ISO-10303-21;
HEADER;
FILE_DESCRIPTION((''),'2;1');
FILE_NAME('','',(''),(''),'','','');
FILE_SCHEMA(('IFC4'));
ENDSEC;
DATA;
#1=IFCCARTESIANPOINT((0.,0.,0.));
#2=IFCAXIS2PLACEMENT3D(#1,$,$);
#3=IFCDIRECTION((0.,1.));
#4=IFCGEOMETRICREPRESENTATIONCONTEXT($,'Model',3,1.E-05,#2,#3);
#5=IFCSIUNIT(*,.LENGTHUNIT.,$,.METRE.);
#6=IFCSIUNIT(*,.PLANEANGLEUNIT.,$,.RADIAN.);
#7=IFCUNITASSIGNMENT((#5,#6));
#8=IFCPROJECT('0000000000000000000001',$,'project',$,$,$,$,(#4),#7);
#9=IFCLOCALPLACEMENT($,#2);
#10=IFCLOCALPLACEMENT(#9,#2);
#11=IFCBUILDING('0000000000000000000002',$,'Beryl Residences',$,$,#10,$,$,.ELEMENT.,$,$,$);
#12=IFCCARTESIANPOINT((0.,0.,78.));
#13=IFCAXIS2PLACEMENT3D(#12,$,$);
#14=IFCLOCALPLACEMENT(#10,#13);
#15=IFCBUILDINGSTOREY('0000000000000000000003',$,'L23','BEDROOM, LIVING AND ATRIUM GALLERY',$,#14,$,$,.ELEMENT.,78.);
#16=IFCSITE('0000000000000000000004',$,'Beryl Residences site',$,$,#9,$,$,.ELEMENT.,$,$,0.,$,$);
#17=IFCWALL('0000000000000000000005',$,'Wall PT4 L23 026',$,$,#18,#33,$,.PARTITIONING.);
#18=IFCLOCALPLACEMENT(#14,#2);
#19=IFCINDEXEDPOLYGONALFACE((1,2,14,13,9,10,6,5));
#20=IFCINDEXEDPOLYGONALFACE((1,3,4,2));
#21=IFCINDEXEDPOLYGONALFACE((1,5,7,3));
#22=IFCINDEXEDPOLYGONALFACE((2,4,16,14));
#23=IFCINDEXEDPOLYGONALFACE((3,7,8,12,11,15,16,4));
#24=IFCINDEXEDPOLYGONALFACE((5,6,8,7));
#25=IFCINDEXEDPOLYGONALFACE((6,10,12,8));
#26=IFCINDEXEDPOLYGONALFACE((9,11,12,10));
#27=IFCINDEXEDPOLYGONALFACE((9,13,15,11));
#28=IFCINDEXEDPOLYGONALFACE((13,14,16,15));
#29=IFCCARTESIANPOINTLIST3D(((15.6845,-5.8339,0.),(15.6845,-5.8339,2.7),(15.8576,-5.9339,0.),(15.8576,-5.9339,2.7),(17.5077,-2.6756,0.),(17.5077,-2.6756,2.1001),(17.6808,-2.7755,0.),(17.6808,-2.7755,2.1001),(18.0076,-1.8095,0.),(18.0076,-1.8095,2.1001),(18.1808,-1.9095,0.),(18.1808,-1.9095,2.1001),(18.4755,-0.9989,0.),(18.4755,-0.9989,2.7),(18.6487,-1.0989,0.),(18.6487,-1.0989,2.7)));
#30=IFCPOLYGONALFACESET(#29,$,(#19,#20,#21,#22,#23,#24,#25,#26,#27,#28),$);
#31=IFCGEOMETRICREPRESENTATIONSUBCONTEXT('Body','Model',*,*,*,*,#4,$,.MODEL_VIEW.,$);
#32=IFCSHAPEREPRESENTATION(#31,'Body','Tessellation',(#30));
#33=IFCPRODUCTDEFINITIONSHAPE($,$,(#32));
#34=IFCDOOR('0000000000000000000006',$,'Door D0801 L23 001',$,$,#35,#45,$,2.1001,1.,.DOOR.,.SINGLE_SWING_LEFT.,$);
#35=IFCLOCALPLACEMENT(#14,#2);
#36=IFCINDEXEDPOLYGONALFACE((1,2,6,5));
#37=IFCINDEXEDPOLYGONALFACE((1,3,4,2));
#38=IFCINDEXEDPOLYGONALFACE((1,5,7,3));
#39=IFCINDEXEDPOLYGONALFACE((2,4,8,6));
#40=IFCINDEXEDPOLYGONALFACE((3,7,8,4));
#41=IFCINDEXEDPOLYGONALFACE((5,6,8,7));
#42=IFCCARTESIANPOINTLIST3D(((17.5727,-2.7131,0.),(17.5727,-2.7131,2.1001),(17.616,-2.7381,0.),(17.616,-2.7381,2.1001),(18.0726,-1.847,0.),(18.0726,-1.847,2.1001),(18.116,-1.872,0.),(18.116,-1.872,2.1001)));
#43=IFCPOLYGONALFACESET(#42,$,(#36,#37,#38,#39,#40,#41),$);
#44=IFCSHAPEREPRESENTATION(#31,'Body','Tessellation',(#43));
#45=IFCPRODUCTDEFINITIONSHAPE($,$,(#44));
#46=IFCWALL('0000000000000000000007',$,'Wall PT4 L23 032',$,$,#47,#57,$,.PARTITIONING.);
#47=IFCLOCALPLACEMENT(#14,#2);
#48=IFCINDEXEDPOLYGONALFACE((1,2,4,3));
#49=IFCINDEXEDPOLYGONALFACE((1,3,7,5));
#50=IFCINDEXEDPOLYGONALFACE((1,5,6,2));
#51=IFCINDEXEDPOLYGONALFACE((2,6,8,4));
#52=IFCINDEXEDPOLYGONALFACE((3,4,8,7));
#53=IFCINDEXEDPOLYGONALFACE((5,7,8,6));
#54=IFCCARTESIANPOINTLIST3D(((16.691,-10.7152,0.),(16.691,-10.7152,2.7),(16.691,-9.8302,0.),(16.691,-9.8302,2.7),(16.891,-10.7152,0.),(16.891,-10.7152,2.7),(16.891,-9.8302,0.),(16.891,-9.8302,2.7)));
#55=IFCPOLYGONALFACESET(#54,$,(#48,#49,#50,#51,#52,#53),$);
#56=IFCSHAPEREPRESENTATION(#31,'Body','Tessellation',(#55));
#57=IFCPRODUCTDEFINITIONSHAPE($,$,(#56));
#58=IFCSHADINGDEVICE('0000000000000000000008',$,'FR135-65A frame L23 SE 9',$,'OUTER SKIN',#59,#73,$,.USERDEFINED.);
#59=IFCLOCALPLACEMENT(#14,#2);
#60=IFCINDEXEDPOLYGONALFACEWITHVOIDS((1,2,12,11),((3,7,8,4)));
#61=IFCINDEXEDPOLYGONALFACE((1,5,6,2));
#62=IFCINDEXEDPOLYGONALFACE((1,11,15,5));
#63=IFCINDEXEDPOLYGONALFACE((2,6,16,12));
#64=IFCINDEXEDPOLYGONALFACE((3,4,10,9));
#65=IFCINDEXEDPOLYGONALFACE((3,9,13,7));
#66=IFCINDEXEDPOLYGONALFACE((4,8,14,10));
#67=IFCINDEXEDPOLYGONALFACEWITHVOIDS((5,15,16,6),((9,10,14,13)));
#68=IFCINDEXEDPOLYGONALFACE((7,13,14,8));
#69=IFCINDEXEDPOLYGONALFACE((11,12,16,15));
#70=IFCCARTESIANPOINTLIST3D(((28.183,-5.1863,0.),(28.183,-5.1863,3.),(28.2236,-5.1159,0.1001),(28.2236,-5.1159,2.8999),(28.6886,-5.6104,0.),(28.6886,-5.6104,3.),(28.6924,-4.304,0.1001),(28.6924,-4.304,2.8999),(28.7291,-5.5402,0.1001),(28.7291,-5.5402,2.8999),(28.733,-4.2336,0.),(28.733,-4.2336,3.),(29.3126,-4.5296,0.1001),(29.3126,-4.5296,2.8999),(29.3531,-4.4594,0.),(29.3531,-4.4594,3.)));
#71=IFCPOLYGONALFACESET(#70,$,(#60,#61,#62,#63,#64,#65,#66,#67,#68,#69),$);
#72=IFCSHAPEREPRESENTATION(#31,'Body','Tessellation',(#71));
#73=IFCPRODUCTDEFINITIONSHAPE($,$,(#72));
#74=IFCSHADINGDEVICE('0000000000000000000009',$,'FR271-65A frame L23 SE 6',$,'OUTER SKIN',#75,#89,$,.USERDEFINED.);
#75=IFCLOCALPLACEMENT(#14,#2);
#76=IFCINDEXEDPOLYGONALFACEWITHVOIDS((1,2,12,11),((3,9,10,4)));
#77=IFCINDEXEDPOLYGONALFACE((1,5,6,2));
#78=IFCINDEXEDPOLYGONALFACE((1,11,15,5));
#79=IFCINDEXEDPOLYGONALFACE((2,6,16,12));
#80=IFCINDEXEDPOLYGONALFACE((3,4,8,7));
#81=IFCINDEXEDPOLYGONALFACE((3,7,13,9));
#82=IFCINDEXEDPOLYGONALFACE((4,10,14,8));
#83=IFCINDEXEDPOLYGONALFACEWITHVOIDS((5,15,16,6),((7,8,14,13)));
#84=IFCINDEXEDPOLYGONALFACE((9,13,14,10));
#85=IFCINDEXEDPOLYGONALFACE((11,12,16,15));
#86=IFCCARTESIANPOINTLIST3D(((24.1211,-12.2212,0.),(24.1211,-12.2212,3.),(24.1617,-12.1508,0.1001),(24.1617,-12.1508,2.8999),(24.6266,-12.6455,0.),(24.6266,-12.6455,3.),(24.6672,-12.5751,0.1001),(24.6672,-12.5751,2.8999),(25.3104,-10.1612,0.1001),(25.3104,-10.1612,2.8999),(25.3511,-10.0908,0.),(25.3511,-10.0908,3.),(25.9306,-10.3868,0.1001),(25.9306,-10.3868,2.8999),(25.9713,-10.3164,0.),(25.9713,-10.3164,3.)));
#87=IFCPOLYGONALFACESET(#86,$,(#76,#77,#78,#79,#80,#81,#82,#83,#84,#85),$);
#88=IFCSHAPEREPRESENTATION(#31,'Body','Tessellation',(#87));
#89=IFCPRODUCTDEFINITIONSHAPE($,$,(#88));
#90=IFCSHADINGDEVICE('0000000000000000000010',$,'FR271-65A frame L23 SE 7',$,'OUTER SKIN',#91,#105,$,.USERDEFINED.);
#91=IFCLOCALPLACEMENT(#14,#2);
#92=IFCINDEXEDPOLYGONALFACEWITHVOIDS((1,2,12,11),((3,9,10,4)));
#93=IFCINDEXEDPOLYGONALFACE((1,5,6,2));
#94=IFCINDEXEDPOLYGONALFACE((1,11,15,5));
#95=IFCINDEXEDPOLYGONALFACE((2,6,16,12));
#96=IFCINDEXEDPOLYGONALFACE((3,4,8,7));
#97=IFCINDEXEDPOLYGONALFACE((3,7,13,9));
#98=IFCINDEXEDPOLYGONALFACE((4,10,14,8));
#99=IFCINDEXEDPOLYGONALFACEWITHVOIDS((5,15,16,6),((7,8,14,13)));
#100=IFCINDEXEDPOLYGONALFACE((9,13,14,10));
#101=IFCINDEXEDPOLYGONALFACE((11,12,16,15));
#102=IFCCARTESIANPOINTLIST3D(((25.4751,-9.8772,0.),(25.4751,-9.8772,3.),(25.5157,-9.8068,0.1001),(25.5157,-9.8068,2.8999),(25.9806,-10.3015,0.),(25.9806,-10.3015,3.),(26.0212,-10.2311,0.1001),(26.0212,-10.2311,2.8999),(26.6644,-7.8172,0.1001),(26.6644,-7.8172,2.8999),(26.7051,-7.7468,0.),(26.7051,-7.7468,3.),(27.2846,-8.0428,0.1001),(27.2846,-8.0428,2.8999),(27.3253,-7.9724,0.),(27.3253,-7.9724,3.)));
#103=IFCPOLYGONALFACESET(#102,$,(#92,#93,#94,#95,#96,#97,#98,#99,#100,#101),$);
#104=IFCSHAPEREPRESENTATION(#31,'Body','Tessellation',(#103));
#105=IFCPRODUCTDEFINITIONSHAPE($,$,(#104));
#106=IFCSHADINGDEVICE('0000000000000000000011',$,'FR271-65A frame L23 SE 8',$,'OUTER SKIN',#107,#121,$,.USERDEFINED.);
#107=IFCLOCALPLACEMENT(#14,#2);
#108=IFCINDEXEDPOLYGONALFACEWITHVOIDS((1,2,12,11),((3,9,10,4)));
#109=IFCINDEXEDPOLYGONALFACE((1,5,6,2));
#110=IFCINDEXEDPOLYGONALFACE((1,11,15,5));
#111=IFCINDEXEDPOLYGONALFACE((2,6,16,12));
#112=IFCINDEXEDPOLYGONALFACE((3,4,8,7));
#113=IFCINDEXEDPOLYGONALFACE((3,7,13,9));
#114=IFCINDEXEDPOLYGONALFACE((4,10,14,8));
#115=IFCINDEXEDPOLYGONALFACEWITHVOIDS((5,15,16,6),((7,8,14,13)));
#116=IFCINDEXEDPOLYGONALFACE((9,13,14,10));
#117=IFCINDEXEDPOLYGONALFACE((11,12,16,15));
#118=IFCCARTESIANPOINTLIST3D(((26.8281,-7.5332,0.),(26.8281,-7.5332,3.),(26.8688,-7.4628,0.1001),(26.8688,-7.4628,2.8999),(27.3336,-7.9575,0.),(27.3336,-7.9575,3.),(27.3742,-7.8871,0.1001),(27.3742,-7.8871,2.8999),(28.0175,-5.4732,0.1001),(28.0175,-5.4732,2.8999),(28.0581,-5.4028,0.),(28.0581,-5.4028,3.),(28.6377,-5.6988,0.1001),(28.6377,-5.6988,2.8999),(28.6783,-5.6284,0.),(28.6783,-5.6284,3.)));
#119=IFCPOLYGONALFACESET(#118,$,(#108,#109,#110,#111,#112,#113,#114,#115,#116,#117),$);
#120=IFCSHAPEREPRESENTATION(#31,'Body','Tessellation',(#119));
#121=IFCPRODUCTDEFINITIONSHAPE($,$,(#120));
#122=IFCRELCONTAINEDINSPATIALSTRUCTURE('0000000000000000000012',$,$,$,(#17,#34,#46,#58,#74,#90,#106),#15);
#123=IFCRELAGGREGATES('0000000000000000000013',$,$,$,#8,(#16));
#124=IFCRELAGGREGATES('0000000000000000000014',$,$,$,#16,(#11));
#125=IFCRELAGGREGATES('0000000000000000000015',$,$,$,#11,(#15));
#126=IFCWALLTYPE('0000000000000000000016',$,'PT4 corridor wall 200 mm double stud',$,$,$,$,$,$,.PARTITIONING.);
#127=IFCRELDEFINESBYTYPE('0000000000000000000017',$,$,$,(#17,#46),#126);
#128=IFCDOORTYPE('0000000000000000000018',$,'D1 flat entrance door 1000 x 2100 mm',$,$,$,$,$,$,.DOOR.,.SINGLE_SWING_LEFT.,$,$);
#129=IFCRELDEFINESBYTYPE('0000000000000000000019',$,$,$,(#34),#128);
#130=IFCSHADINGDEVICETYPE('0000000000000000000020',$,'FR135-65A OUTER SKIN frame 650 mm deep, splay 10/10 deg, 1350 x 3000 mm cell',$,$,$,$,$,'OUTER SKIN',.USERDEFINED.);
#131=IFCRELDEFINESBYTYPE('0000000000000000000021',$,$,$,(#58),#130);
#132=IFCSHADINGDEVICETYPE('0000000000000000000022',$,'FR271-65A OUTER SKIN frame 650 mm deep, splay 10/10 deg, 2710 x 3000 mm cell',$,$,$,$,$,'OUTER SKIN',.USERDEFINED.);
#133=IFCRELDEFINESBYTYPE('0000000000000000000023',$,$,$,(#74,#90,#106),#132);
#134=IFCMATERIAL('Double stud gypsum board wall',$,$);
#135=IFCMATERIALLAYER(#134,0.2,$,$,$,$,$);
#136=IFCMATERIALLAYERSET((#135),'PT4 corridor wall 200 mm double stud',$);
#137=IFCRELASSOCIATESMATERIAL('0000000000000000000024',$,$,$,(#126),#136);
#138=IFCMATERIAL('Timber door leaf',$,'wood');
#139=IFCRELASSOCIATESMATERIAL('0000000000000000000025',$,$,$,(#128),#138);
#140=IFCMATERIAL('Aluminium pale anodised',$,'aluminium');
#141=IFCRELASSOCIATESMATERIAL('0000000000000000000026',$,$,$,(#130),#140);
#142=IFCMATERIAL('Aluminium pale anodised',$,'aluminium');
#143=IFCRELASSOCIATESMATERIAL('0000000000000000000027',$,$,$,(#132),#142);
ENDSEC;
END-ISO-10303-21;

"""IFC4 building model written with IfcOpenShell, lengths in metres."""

from ifc_helpers import new_model, entity, si_unit, direction, frame, frame_2d, origin, place, context, subcontext, project, spatial, rectangle, extrude, source, transform, mapped, material, layer, layer_set, type_object, type_shapes, element, fill, save


model = new_model("IFC4")

# Units and contexts
model_context = context("Model", 3, precision=1e-05, world=origin(), true_north=direction((0.0, 1.0)))
body_context = subcontext(model_context, "Body", "Model", "MODEL_VIEW")
ifc_project = project(units=[si_unit("LENGTHUNIT", "METRE"), si_unit("PLANEANGLEUNIT", "RADIAN")], contexts=[model_context])

# Site, building, storey
site_placement = place(None, origin())
site = spatial("IfcSite", under=ifc_project, at=site_placement, Name="Beryl Residences site", CompositionType="ELEMENT", RefElevation=0.0)
building_placement = place(site_placement, origin())
building = spatial("IfcBuilding", under=site, at=building_placement, Name="Beryl Residences", CompositionType="ELEMENT")
storey_placement = place(building_placement, frame((0.0, 0.0, 78.0)))
storey = spatial("IfcBuildingStorey", under=building, at=storey_placement, Name="L23", Description="BEDROOM, LIVING AND ATRIUM GALLERY", CompositionType="ELEMENT", Elevation=78.0)

# Shared definitions
ifc_material_1 = material(Name="Double stud gypsum board wall")
ifc_layer_1 = layer(ifc_material_1, 0.2)
ifc_layer_set_1 = layer_set([ifc_layer_1], Name="PT4 corridor wall 200 mm double stud")
wall_type_1 = type_object("IfcWallType", Name="PT4 corridor wall 200 mm double stud", PredefinedType="PARTITIONING", material=ifc_layer_set_1)

# Wall, opening, door
wall_1_placement = place(storey_placement, frame((15.771, -5.884, 0.0), z_axis=(0.0, 0.0, 1.0), x_axis=(0.499939, 0.86606, 0.0)))
wall_1 = element("IfcWall", 1, at=wall_1_placement, inside=storey, type_object=wall_type_1, Name="Wall PT4 L23 026", PredefinedType="PARTITIONING", context=body_context, shape_type="SweptSolid", body=[
    extrude(rectangle(XDim=5.5828, YDim=0.2, at=frame_2d((2.7915, 0.0))), origin(), (0.0, 0.0, 1.0), 2.7),
])
opening_1_placement = place(wall_1_placement, frame((3.647, 0.0, 0.0)))
opening_1 = element("IfcOpeningElement", 2, at=opening_1_placement, cuts=wall_1, PredefinedType="OPENING", context=body_context, shape_type="SweptSolid", body=[
    extrude(rectangle(XDim=1.0, YDim=2.1001, at=frame_2d((0.5, 1.05))), frame((0.0, 0.1099, 0.0), z_axis=(0.0, -1.0, 0.0), x_axis=(1.0, 0.0, 0.0)), (0.0, 0.0, 1.0), 0.22),
])
ifc_material_2 = material(Name="Timber door leaf", Category="wood")
door_type_1 = type_object("IfcDoorType", Name="D1 flat entrance door 1000 x 2100 mm", OperationType="SINGLE_SWING_LEFT", PredefinedType="DOOR", material=ifc_material_2)
door_1_placement = place(opening_1_placement, origin())
door_1 = element("IfcDoor", 3, at=door_1_placement, inside=storey, type_object=door_type_1, Name="Door D0801 L23 001", OperationType="SINGLE_SWING_LEFT", OverallHeight=2.1001, OverallWidth=1.0, PredefinedType="DOOR", context=body_context, shape_type="SweptSolid", body=[
    extrude(rectangle(XDim=1.0, YDim=2.1001, at=frame_2d((0.5, 1.05))), frame((0.0, 0.0249, 0.0), z_axis=(0.0, -1.0, 0.0), x_axis=(1.0, 0.0, 0.0)), (0.0, 0.0, 1.0), 0.05),
])
fill(opening_1, door_1)

# Wall
wall_2_placement = place(storey_placement, frame((16.791, -10.7151, 0.0), z_axis=(0.0, 0.0, 1.0), x_axis=(0.0, 1.0, 0.0)))
element("IfcWall", 4, at=wall_2_placement, inside=storey, type_object=wall_type_1, Name="Wall PT4 L23 032", PredefinedType="PARTITIONING", context=body_context, shape_type="SweptSolid", body=[
    extrude(rectangle(XDim=0.885, YDim=0.2, at=frame_2d((0.4424, 0.0))), origin(), (0.0, 0.0, 1.0), 2.7),
])

# Shading devices
ifc_material_3 = material(Name="Aluminium pale anodised", Category="aluminium")
shading_device_type_1 = type_object("IfcShadingDeviceType", Name="FR135-65A OUTER SKIN frame 650 mm deep, splay 10/10 deg, 1350 x 3000 mm cell", ElementType="OUTER SKIN", PredefinedType="USERDEFINED", material=ifc_material_3)
cartesian_point_1 = entity("IfcCartesianPoint", [-0.55, 0.0])
cartesian_point_2 = entity("IfcCartesianPoint", [-0.4688, 0.1001])
cartesian_point_3 = entity("IfcCartesianPoint", [-0.6646, 0.0])
cartesian_point_4 = entity("IfcCartesianPoint", [-0.5835, 0.1001])
shared_shape_1 = source(origin(), body_context, "Body", "SweptSolid", [
    entity("IfcExtrudedAreaSolidTapered", entity("IfcArbitraryProfileDefWithVoids", "AREA", None, entity("IfcPolyline", [cartesian_point_1, entity("IfcCartesianPoint", [0.55, 0.0]), entity("IfcCartesianPoint", [0.55, 3.0]), entity("IfcCartesianPoint", [-0.55, 3.0]), cartesian_point_1]), [entity("IfcPolyline", [cartesian_point_2, entity("IfcCartesianPoint", [0.4688, 0.1001]), entity("IfcCartesianPoint", [0.4688, 2.8999]), entity("IfcCartesianPoint", [-0.4688, 2.8999]), cartesian_point_2])]), entity("IfcAxis2Placement3D", entity("IfcCartesianPoint", [0.0, 0.0, 0.0]), entity("IfcDirection", [0.0, 1.0, 0.0]), entity("IfcDirection", [-1.0, 0.0, 0.0])), entity("IfcDirection", [0.0, 0.0, 1.0]), 0.6499, entity("IfcArbitraryProfileDefWithVoids", "AREA", None, entity("IfcPolyline", [cartesian_point_3, entity("IfcCartesianPoint", [0.6646, 0.0]), entity("IfcCartesianPoint", [0.6646, 3.0]), entity("IfcCartesianPoint", [-0.6646, 3.0]), cartesian_point_3]), [entity("IfcPolyline", [cartesian_point_4, entity("IfcCartesianPoint", [0.5835, 0.1001]), entity("IfcCartesianPoint", [0.5835, 2.8999]), entity("IfcCartesianPoint", [-0.5835, 2.8999]), cartesian_point_4])])),
])
type_shapes(shading_device_type_1, [shared_shape_1])
shading_device_placement = place(storey_placement, frame((28.458, -4.71, 0.0), z_axis=(0.0, 0.0, 1.0), x_axis=(-0.5, -0.866025, 0.0)))
element("IfcShadingDevice", 5, at=shading_device_placement, inside=storey, type_object=shading_device_type_1, Name="FR135-65A frame L23 SE 9", ObjectType="OUTER SKIN", PredefinedType="USERDEFINED", context=body_context, shape_type="MappedRepresentation", body=[
    mapped(shared_shape_1, transform((0.0, 0.0, 0.0))),
])
ifc_material_4 = material(Name="Aluminium pale anodised", Category="aluminium")
shading_device_type_2 = type_object("IfcShadingDeviceType", Name="FR271-65A OUTER SKIN frame 650 mm deep, splay 10/10 deg, 2710 x 3000 mm cell", ElementType="OUTER SKIN", PredefinedType="USERDEFINED", material=ifc_material_4)
cartesian_point_5 = entity("IfcCartesianPoint", [-1.23, 0.0])
cartesian_point_6 = entity("IfcCartesianPoint", [-1.1487, 0.1001])
cartesian_point_7 = entity("IfcCartesianPoint", [-1.3447, 0.0])
cartesian_point_8 = entity("IfcCartesianPoint", [-1.2634, 0.1001])
shared_shape_2 = source(origin(), body_context, "Body", "SweptSolid", [
    entity("IfcExtrudedAreaSolidTapered", entity("IfcArbitraryProfileDefWithVoids", "AREA", None, entity("IfcPolyline", [cartesian_point_5, entity("IfcCartesianPoint", [1.23, 0.0]), entity("IfcCartesianPoint", [1.23, 3.0]), entity("IfcCartesianPoint", [-1.23, 3.0]), cartesian_point_5]), [entity("IfcPolyline", [cartesian_point_6, entity("IfcCartesianPoint", [1.1487, 0.1001]), entity("IfcCartesianPoint", [1.1487, 2.8999]), entity("IfcCartesianPoint", [-1.1487, 2.8999]), cartesian_point_6])]), entity("IfcAxis2Placement3D", entity("IfcCartesianPoint", [0.0, 0.0, 0.0]), entity("IfcDirection", [0.0, 1.0, 0.0]), entity("IfcDirection", [-1.0, 0.0, 0.0])), entity("IfcDirection", [0.0, 0.0, 1.0]), 0.6499, entity("IfcArbitraryProfileDefWithVoids", "AREA", None, entity("IfcPolyline", [cartesian_point_7, entity("IfcCartesianPoint", [1.3447, 0.0]), entity("IfcCartesianPoint", [1.3447, 3.0]), entity("IfcCartesianPoint", [-1.3447, 3.0]), cartesian_point_7]), [entity("IfcPolyline", [cartesian_point_8, entity("IfcCartesianPoint", [1.2634, 0.1001]), entity("IfcCartesianPoint", [1.2634, 2.8999]), entity("IfcCartesianPoint", [-1.2634, 2.8999]), cartesian_point_8])])),
])
type_shapes(shading_device_type_2, [shared_shape_2])
for number, where, z_axis, x_axis, name in (
    (6, (24.7361, -11.156, 0.0), (0.0, 0.0, 1.0), (-0.5, -0.866025, 0.0), "FR271-65A frame L23 SE 6"),
    (7, (26.0901, -8.812, 0.0), (0.0, 0.0, 1.0), (-0.5, -0.866025, 0.0), "FR271-65A frame L23 SE 7"),
    (8, (27.4431, -6.468, 0.0), (0.0, 0.0, 1.0), (-0.5, -0.866025, 0.0), "FR271-65A frame L23 SE 8"),
):
    element("IfcShadingDevice", number, at=place(storey_placement, frame(where, z_axis=z_axis, x_axis=x_axis)), inside=storey, type_object=shading_device_type_2, Name=name, ObjectType="OUTER SKIN", PredefinedType="USERDEFINED", context=body_context, shape_type="MappedRepresentation", body=[
        mapped(shared_shape_2, transform((0.0, 0.0, 0.0))),
    ])

save(model, "model.ifc")
